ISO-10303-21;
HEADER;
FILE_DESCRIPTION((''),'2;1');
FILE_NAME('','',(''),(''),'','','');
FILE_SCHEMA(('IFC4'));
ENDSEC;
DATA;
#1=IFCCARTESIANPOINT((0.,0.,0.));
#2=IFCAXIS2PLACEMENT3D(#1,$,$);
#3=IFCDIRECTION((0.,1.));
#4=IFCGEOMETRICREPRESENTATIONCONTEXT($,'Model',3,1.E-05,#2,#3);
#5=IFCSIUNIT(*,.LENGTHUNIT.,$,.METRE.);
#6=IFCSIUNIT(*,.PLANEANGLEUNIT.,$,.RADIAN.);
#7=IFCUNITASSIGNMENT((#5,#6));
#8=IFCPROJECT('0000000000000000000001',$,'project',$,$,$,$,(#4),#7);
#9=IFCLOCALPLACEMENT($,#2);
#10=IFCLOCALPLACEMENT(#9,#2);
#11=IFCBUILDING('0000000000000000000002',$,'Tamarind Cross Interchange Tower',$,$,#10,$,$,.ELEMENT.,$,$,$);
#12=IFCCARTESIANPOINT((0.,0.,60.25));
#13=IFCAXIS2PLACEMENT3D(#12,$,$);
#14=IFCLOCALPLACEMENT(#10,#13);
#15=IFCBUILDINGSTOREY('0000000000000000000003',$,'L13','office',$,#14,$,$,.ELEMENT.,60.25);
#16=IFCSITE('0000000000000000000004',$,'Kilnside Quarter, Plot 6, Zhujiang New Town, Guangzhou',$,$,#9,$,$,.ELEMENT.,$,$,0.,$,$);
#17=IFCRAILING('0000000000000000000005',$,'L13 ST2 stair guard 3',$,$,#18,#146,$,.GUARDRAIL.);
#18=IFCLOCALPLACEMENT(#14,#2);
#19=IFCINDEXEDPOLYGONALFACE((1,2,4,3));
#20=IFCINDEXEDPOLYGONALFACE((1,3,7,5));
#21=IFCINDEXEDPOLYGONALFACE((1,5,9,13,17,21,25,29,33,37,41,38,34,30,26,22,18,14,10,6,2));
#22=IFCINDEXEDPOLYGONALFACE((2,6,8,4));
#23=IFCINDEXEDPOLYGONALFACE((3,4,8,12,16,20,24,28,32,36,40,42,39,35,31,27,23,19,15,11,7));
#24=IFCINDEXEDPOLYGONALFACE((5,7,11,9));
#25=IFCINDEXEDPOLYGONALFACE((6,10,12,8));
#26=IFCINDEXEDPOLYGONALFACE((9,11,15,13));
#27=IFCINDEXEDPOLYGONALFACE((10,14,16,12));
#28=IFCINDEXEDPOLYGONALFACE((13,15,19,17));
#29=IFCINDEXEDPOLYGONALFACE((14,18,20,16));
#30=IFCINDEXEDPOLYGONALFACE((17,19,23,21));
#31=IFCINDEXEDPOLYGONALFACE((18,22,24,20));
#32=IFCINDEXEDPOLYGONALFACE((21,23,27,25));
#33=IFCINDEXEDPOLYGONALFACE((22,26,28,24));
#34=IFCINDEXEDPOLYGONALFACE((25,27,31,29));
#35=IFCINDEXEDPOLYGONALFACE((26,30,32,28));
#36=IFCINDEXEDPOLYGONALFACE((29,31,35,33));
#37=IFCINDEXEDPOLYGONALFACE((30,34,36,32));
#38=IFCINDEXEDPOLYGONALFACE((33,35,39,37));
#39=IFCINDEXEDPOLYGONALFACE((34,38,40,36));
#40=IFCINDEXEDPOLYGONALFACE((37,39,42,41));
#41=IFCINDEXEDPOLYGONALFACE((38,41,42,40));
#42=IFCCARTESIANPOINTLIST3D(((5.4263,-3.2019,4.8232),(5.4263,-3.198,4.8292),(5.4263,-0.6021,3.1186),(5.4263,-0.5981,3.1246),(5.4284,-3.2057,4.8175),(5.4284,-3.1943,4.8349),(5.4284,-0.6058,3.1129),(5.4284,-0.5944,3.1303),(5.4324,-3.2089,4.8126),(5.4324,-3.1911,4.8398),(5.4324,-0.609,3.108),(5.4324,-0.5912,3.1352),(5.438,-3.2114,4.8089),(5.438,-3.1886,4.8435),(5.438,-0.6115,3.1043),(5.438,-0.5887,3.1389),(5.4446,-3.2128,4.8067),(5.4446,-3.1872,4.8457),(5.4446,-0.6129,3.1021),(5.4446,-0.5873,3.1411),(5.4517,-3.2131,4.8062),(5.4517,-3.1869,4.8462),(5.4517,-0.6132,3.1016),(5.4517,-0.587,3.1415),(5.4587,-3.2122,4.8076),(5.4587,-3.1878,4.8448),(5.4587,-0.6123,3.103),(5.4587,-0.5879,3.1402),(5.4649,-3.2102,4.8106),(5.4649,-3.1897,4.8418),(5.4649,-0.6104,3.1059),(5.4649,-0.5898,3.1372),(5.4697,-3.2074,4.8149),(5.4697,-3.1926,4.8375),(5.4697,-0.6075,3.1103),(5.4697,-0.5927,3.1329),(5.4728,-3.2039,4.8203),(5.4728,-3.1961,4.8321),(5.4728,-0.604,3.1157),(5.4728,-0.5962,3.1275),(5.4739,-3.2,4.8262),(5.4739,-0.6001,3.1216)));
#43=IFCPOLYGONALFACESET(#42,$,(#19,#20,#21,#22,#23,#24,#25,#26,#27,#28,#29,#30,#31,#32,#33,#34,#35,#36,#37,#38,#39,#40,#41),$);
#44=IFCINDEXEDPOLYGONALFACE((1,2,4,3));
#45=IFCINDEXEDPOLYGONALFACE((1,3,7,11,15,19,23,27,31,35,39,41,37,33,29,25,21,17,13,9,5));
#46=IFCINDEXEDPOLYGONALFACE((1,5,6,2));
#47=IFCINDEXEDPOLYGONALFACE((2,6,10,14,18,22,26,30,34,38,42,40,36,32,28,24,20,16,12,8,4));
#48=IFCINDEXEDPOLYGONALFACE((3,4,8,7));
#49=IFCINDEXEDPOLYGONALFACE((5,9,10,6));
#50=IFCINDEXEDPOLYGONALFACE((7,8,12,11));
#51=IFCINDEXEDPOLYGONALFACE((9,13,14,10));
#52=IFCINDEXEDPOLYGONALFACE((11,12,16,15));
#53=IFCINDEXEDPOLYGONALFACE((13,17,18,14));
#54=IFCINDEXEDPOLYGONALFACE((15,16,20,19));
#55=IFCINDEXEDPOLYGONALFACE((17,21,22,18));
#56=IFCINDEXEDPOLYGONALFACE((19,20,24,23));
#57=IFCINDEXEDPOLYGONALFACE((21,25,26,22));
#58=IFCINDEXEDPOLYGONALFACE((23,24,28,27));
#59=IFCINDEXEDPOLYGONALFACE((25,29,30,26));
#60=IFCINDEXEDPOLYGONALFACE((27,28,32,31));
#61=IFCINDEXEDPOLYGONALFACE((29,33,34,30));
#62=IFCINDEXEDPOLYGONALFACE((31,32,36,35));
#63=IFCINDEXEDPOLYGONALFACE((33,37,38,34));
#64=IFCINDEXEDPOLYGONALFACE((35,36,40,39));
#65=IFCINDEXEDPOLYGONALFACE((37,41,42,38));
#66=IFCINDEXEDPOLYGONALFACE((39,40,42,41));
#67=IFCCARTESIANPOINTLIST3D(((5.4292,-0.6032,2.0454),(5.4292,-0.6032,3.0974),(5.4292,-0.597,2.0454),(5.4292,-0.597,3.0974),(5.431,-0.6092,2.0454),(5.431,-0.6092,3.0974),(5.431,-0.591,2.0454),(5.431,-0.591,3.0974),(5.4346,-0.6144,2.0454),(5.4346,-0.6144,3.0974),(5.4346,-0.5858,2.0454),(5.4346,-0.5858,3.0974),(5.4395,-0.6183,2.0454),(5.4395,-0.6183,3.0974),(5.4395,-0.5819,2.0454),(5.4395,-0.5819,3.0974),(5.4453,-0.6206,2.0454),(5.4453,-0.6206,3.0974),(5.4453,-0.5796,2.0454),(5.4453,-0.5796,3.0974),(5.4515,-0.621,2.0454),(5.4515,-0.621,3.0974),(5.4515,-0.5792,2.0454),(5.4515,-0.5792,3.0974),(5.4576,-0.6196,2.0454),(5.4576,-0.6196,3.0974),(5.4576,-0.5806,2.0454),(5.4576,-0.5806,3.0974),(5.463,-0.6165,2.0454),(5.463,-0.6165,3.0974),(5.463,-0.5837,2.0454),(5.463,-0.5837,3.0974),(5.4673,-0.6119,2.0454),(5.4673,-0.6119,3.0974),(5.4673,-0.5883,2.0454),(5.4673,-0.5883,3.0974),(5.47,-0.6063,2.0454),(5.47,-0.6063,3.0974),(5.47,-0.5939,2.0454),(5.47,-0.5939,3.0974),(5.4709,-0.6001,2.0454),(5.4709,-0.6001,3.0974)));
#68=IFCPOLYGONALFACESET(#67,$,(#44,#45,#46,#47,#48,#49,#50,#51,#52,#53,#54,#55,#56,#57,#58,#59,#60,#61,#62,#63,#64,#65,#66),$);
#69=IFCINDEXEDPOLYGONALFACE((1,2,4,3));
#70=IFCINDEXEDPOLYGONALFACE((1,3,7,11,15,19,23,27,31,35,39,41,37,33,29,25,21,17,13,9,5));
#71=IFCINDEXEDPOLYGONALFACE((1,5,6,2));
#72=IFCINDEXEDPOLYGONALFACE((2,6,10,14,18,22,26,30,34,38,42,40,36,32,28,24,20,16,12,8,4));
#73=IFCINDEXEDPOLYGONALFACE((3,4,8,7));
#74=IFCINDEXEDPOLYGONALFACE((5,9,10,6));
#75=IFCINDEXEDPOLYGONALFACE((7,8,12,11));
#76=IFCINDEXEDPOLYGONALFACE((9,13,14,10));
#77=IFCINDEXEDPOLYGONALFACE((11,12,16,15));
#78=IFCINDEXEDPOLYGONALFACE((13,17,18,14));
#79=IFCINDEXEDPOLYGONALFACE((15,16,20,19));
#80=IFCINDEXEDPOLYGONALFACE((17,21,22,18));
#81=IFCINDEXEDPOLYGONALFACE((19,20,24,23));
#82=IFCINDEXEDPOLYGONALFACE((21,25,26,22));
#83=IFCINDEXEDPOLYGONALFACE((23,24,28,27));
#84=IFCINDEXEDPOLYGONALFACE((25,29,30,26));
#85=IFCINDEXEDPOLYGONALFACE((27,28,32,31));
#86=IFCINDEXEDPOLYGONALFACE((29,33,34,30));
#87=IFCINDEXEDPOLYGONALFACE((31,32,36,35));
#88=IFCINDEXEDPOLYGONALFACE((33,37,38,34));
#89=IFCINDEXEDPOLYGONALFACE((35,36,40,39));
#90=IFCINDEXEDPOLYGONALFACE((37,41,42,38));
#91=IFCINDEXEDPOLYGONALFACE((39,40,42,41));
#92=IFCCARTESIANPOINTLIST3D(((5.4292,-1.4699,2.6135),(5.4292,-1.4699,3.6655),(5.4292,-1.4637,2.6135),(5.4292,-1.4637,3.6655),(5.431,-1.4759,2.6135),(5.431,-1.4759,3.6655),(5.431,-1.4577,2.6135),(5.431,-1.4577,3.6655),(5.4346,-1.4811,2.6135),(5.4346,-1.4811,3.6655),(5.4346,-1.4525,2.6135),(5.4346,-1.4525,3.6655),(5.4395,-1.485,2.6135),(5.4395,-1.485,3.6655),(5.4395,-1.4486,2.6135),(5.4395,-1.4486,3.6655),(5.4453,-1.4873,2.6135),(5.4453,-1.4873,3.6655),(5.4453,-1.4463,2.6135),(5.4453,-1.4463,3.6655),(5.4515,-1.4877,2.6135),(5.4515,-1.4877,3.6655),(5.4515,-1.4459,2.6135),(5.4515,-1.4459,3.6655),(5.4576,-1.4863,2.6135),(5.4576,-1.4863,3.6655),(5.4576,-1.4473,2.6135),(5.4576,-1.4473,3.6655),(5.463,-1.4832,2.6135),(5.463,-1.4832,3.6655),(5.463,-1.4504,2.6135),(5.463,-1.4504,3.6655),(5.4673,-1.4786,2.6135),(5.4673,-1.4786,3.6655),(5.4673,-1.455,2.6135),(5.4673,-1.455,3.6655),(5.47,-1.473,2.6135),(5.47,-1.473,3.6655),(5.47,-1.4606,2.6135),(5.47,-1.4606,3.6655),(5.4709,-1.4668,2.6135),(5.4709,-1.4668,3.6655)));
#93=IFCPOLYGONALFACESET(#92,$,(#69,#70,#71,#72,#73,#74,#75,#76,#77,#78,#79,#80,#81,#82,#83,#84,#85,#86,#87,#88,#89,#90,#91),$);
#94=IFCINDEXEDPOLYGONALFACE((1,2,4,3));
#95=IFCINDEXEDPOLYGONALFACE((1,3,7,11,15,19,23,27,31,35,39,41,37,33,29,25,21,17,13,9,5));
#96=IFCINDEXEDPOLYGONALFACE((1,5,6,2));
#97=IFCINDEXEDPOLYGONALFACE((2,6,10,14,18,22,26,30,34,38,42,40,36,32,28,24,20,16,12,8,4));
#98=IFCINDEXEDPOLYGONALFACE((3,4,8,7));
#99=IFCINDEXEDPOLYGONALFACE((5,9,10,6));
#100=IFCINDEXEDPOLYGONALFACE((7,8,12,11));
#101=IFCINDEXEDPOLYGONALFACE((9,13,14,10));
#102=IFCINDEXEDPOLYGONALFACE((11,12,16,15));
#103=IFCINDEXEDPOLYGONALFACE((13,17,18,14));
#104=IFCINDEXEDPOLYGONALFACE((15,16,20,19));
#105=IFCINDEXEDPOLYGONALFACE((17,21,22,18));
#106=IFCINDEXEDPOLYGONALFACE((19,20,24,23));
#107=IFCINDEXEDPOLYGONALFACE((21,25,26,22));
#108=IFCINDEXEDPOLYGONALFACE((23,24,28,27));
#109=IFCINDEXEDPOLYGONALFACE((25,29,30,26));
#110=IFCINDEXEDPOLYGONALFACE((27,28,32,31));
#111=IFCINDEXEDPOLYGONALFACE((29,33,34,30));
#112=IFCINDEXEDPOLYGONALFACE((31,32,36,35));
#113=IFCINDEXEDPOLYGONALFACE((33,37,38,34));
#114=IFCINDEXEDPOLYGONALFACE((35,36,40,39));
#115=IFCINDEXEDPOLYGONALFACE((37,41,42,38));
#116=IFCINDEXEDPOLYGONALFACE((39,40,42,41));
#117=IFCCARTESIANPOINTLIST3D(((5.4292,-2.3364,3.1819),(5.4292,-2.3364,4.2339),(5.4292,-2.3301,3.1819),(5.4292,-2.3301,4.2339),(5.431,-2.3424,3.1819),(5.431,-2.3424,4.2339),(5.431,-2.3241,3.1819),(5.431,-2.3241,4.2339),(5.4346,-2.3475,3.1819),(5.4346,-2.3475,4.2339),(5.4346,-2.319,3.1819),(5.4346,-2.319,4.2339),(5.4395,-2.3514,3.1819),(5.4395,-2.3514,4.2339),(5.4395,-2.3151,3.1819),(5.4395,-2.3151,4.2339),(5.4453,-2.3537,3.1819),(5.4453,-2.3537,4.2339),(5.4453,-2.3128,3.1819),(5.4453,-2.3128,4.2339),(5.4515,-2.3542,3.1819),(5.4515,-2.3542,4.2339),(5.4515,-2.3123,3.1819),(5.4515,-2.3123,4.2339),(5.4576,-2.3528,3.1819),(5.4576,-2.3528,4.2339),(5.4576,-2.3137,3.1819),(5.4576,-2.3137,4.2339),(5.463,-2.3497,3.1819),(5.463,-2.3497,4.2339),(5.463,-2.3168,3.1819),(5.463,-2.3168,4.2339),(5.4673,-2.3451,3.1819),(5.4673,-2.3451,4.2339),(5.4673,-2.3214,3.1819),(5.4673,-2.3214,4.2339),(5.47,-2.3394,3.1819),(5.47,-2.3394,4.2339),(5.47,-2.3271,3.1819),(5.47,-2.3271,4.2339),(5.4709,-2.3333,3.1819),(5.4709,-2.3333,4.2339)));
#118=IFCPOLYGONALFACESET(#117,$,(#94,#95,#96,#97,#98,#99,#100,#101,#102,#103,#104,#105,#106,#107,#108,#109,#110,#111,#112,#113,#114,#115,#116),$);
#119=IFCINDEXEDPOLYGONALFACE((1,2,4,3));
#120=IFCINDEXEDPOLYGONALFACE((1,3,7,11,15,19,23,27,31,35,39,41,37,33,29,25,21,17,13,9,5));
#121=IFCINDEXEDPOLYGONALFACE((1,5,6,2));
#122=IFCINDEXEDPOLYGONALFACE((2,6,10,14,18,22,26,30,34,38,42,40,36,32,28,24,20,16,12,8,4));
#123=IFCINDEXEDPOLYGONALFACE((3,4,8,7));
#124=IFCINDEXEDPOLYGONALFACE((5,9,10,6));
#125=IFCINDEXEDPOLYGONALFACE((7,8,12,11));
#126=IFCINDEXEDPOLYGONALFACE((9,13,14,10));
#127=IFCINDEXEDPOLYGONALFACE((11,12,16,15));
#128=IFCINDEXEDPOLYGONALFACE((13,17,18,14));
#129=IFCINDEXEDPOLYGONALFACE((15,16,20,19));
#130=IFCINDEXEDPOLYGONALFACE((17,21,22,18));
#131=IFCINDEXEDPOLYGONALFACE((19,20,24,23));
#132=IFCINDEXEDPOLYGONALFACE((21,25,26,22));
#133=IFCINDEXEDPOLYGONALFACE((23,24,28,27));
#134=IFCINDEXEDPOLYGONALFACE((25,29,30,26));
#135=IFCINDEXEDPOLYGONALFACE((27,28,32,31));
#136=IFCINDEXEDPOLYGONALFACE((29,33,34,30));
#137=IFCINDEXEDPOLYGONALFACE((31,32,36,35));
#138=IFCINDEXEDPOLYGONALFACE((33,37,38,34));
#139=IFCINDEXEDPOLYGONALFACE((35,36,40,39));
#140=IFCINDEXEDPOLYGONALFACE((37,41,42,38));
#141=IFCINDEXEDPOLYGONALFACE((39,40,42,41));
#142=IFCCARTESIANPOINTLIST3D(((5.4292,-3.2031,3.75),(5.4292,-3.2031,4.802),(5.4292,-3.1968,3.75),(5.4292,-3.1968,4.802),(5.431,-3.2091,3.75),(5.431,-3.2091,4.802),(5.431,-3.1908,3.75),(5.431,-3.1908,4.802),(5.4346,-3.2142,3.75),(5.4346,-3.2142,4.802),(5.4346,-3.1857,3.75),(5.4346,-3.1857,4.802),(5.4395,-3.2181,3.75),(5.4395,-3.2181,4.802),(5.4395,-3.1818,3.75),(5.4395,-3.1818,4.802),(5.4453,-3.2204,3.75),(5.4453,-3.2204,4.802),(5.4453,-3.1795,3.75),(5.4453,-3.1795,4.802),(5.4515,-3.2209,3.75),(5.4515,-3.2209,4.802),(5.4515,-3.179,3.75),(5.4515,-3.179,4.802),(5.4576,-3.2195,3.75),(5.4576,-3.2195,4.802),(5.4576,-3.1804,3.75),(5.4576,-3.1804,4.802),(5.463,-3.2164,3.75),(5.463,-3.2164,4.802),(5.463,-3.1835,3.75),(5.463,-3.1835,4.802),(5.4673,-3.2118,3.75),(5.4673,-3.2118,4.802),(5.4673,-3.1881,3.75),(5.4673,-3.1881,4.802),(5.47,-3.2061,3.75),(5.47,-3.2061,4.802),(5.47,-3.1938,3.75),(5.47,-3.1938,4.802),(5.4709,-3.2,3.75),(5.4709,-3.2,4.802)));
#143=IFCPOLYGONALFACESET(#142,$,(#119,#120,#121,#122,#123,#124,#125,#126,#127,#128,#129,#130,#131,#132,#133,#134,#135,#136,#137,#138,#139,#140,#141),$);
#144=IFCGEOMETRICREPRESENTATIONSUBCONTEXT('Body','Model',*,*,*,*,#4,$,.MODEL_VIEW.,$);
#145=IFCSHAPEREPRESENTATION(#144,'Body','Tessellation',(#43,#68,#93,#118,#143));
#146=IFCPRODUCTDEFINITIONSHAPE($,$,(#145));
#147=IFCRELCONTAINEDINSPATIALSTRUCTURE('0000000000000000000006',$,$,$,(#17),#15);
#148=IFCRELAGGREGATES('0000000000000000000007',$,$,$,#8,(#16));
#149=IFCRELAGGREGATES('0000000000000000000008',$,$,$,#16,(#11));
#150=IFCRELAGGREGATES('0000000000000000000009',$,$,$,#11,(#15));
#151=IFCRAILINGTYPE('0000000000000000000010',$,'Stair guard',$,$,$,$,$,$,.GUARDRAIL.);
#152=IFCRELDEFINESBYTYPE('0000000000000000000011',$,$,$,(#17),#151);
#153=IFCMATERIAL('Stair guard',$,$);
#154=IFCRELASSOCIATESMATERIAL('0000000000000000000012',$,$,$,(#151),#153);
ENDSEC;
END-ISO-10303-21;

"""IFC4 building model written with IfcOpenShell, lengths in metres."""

from ifc_helpers import new_model, si_unit, direction, frame, origin, origin_2d, place, context, subcontext, project, spatial, circle, extrude, material, type_object, element, save


model = new_model("IFC4")

# Units and contexts
model_context = context("Model", 3, precision=1e-05, world=origin(), true_north=direction((0.0, 1.0)))
body_context = subcontext(model_context, "Body", "Model", "MODEL_VIEW")
ifc_project = project(units=[si_unit("LENGTHUNIT", "METRE"), si_unit("PLANEANGLEUNIT", "RADIAN")], contexts=[model_context])

# Site, building, storey
site_placement = place(None, origin())
site = spatial("IfcSite", under=ifc_project, at=site_placement, Name="Kilnside Quarter, Plot 6, Zhujiang New Town, Guangzhou", CompositionType="ELEMENT", RefElevation=0.0)
building_placement = place(site_placement, origin())
building = spatial("IfcBuilding", under=site, at=building_placement, Name="Tamarind Cross Interchange Tower", CompositionType="ELEMENT")
storey_placement = place(building_placement, frame((0.0, 0.0, 60.25)))
storey = spatial("IfcBuildingStorey", under=building, at=storey_placement, Name="L13", Description="office", CompositionType="ELEMENT", Elevation=60.25)

# Railing
ifc_material_1 = material(Name="Stair guard")
railing_type_1 = type_object("IfcRailingType", Name="Stair guard", PredefinedType="GUARDRAIL", material=ifc_material_1)
railing_1_placement = place(storey_placement, frame((5.45, -0.6001, 2.0454)))
element("IfcRailing", 1, at=railing_1_placement, inside=storey, type_object=railing_type_1, Name="L13 ST2 stair guard 3", PredefinedType="GUARDRAIL", context=body_context, shape_type="SweptSolid", body=[
    extrude(circle(Radius=0.0239, at=origin_2d()), frame((0.0, 0.0, 1.0762), z_axis=(0.0, -0.836279, 0.548305), x_axis=(1.0, 0.0, 0.0)), (0.0, 0.0, 1.0), 3.1089),
    extrude(circle(Radius=0.021, at=origin_2d()), origin(), (0.0, 0.0, 1.0), 1.052),
    extrude(circle(Radius=0.021, at=origin_2d()), frame((0.0, -0.8667, 0.5681)), (0.0, 0.0, 1.0), 1.052),
    extrude(circle(Radius=0.021, at=origin_2d()), frame((0.0, -1.7332, 1.1365)), (0.0, 0.0, 1.0), 1.052),
    extrude(circle(Radius=0.021, at=origin_2d()), frame((0.0, -2.5999, 1.7046)), (0.0, 0.0, 1.0), 1.052),
])

save(model, "model.ifc")
